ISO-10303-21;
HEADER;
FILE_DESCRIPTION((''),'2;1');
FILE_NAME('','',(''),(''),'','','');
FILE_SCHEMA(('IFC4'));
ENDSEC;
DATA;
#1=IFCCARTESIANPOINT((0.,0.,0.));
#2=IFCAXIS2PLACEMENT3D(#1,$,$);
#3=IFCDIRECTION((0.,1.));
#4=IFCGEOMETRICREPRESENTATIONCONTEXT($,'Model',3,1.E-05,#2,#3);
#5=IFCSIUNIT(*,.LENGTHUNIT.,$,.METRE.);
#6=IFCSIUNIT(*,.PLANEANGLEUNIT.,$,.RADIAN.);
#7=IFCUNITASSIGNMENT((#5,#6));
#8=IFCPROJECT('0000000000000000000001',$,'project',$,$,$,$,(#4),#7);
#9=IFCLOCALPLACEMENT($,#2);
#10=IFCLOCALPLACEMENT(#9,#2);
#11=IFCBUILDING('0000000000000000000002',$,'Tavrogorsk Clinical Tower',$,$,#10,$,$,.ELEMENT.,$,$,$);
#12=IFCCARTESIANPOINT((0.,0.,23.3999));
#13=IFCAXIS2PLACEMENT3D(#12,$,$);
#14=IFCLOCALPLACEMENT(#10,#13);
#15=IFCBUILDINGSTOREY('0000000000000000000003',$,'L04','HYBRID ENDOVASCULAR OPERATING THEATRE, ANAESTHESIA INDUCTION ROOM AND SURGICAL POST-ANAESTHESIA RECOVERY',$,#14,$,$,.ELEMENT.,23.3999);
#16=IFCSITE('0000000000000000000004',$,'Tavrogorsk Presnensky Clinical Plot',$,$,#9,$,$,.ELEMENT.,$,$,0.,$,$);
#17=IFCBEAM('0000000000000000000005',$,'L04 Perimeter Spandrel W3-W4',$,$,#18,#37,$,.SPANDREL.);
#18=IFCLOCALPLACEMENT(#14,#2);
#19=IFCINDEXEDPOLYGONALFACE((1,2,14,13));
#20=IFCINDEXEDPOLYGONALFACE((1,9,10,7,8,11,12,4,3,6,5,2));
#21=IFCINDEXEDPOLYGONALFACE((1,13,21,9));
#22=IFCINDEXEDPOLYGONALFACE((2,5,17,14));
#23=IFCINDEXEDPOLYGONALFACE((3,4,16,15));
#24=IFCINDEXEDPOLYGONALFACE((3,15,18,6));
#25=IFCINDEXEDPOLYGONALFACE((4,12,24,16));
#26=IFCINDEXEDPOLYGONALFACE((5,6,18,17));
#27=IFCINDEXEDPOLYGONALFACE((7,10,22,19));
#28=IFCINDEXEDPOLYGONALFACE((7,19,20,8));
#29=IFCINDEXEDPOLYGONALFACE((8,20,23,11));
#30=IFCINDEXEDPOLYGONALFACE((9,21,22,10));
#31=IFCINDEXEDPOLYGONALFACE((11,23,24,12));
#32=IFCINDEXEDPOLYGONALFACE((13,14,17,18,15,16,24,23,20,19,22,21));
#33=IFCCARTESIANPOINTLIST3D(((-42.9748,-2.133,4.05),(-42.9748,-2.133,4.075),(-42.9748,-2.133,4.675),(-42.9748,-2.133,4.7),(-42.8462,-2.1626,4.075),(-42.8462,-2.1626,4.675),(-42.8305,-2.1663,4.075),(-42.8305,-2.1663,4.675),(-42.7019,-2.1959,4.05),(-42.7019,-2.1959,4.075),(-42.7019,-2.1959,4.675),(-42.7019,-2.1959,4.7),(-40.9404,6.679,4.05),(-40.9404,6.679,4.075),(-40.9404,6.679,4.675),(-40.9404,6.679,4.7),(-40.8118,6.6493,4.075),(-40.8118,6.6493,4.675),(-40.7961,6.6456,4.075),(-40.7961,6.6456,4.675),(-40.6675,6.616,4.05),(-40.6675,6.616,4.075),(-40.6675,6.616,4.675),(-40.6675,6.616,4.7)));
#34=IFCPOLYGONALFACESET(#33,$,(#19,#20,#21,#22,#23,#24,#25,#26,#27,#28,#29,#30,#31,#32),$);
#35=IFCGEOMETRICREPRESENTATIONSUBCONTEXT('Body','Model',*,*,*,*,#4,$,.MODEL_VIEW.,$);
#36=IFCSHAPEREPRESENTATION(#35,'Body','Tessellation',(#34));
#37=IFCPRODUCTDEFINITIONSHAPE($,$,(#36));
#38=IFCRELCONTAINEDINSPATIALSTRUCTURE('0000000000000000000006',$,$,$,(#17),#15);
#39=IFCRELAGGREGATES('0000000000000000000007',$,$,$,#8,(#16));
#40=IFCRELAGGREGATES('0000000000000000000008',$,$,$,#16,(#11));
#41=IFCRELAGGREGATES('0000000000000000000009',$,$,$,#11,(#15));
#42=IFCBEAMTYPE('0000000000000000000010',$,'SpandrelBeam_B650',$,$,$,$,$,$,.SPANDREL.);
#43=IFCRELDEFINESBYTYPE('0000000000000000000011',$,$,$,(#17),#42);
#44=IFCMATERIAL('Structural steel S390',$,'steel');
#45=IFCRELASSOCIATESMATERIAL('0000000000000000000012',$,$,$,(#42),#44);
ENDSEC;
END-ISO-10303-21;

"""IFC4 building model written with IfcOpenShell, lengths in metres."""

from ifc_helpers import new_model, si_unit, direction, frame, origin, origin_2d, place, context, subcontext, project, spatial, i_section, extrude, material, material_profile, profile_set, type_object, element, save


model = new_model("IFC4")

# Units and contexts
model_context = context("Model", 3, precision=1e-05, world=origin(), true_north=direction((0.0, 1.0)))
body_context = subcontext(model_context, "Body", "Model", "MODEL_VIEW")
ifc_project = project(units=[si_unit("LENGTHUNIT", "METRE"), si_unit("PLANEANGLEUNIT", "RADIAN")], contexts=[model_context])

# Site, building, storey
site_placement = place(None, origin())
site = spatial("IfcSite", under=ifc_project, at=site_placement, Name="Tavrogorsk Presnensky Clinical Plot", CompositionType="ELEMENT", RefElevation=0.0)
building_placement = place(site_placement, origin())
building = spatial("IfcBuilding", under=site, at=building_placement, Name="Tavrogorsk Clinical Tower", CompositionType="ELEMENT")
storey_placement = place(building_placement, frame((0.0, 0.0, 23.3999)))
storey = spatial("IfcBuildingStorey", under=building, at=storey_placement, Name="L04", Description="HYBRID ENDOVASCULAR OPERATING THEATRE, ANAESTHESIA INDUCTION ROOM AND SURGICAL POST-ANAESTHESIA RECOVERY", CompositionType="ELEMENT", Elevation=23.3999)

# Beam
ifc_material_1 = material(Name="Structural steel S390", Category="steel")
ifc_material_profile_1 = material_profile(ifc_material_1, i_section(OverallWidth=0.28, OverallDepth=0.6499, WebThickness=0.0161, FlangeThickness=0.0249, at=origin_2d()), Name="B-650x280x16x25")
ifc_profile_set_1 = profile_set([ifc_material_profile_1], Name="Structural steel S390")
beam_type_1 = type_object("IfcBeamType", Name="SpandrelBeam_B650", PredefinedType="SPANDREL", material=ifc_profile_set_1)
beam_1_placement = place(storey_placement, frame((-40.804, 6.6475, 4.375), z_axis=(-0.224952, -0.97437, 0.0), x_axis=(0.97437, -0.224952, 0.0)))
element("IfcBeam", 1, at=beam_1_placement, inside=storey, type_object=beam_type_1, Name="L04 Perimeter Spandrel W3-W4", PredefinedType="SPANDREL", context=body_context, shape_type="SweptSolid", body=[
    extrude(i_section(OverallWidth=0.28, OverallDepth=0.6499, WebThickness=0.0161, FlangeThickness=0.0249, at=origin_2d()), origin(), (0.0, 0.0, 1.0), 9.0437),
])

save(model, "model.ifc")
